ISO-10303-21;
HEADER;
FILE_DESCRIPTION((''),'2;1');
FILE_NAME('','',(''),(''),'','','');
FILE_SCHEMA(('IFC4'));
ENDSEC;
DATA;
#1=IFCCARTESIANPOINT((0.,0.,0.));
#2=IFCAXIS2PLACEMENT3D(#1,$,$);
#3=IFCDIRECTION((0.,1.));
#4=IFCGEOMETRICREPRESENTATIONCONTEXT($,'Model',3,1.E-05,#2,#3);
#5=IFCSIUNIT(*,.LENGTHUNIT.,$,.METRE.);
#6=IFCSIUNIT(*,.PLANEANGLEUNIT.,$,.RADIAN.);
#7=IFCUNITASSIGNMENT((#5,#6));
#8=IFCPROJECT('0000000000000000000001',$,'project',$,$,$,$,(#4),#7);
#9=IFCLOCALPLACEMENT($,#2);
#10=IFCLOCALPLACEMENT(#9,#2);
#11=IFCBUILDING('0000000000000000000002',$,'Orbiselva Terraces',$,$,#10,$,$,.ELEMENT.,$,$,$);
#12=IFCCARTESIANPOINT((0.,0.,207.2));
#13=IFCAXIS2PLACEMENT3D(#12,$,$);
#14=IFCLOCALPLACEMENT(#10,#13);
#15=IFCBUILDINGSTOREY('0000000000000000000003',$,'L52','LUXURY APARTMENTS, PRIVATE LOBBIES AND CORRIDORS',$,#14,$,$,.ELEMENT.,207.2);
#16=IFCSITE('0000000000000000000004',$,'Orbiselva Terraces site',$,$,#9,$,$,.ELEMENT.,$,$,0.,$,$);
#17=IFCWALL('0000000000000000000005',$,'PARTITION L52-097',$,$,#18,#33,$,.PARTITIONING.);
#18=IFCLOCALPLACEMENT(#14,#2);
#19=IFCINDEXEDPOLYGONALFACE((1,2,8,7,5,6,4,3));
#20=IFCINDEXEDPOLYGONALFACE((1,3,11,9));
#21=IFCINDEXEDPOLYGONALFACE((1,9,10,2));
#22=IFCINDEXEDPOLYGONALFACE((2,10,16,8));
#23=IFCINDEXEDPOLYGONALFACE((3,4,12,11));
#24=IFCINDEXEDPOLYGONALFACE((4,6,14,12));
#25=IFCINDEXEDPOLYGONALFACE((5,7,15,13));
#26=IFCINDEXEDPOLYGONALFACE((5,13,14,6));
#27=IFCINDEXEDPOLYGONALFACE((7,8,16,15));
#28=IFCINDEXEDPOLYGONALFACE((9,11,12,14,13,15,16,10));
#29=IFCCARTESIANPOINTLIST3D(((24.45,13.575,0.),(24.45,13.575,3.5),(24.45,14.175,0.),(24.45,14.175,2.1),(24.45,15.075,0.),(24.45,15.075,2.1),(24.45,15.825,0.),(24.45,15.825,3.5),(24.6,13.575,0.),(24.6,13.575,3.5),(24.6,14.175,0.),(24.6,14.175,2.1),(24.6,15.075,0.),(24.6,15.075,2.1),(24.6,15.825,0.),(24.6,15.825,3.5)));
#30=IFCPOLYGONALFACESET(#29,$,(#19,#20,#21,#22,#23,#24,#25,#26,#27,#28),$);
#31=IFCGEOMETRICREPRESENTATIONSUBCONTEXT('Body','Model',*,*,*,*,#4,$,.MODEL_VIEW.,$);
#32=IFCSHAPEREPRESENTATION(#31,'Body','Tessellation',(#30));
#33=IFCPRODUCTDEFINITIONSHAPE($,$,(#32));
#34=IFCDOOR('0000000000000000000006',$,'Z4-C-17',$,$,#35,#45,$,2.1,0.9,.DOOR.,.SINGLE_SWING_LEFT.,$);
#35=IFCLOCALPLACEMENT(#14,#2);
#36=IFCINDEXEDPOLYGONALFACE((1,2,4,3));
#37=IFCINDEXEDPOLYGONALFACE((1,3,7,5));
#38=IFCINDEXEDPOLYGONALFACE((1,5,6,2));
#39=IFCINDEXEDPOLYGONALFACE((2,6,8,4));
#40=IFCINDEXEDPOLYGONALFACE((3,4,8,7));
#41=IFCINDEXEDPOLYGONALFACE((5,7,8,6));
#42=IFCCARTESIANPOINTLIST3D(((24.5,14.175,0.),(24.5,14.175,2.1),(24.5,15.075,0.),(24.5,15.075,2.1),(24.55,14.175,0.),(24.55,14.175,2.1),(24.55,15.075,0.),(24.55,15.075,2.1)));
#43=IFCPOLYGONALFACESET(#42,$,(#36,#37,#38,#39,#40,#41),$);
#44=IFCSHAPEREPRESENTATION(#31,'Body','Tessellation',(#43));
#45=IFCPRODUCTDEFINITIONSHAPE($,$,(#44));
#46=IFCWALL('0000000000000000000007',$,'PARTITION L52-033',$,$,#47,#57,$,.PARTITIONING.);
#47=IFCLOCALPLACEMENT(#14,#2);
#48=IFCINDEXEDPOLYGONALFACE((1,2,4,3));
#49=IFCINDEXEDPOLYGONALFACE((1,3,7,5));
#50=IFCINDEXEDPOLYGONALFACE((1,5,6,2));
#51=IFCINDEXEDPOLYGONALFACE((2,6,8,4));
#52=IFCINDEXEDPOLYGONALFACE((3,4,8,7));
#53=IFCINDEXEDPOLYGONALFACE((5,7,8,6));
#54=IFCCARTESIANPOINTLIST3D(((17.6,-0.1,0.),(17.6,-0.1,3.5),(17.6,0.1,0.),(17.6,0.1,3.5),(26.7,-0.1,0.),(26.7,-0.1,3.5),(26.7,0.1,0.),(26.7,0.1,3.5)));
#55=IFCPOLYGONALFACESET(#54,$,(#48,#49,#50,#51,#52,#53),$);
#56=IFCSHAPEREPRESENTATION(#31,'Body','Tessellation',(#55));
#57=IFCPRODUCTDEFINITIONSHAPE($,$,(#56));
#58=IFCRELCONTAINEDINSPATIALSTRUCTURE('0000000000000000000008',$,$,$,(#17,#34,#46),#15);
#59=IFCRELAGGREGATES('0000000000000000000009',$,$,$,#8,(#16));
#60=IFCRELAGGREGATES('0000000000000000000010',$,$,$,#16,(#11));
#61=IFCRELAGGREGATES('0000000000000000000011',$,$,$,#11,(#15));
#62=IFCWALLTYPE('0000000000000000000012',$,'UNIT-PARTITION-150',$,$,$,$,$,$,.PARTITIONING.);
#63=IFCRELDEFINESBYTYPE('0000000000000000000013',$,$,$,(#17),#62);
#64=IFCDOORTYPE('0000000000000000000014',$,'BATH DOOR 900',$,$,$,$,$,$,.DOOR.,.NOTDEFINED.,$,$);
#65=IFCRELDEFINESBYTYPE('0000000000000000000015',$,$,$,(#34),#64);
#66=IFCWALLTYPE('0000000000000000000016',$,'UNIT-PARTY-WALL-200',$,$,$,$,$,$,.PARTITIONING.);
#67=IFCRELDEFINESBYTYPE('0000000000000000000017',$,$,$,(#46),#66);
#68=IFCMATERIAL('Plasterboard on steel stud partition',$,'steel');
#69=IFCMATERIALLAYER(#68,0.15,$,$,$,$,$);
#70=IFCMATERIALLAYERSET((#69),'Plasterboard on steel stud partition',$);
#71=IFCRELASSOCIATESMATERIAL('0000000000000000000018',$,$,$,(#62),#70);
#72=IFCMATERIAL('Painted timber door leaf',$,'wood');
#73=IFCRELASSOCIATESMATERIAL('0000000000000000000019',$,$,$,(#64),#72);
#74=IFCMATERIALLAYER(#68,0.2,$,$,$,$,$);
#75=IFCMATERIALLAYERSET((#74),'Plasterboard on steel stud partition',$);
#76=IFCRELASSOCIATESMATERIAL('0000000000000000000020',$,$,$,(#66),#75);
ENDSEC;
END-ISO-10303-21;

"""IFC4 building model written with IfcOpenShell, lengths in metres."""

from ifc_helpers import new_model, si_unit, direction, frame, frame_2d, origin, place, context, subcontext, project, spatial, rectangle, extrude, material, layer, layer_set, type_object, element, fill, save


model = new_model("IFC4")

# Units and contexts
model_context = context("Model", 3, precision=1e-05, world=origin(), true_north=direction((0.0, 1.0)))
body_context = subcontext(model_context, "Body", "Model", "MODEL_VIEW")
ifc_project = project(units=[si_unit("LENGTHUNIT", "METRE"), si_unit("PLANEANGLEUNIT", "RADIAN")], contexts=[model_context])

# Site, building, storey
site_placement = place(None, origin())
site = spatial("IfcSite", under=ifc_project, at=site_placement, Name="Orbiselva Terraces site", CompositionType="ELEMENT", RefElevation=0.0)
building_placement = place(site_placement, origin())
building = spatial("IfcBuilding", under=site, at=building_placement, Name="Orbiselva Terraces", CompositionType="ELEMENT")
storey_placement = place(building_placement, frame((0.0, 0.0, 207.2)))
storey = spatial("IfcBuildingStorey", under=building, at=storey_placement, Name="L52", Description="LUXURY APARTMENTS, PRIVATE LOBBIES AND CORRIDORS", CompositionType="ELEMENT", Elevation=207.2)

# Shared definitions
ifc_material_1 = material(Name="Plasterboard on steel stud partition", Category="steel")
ifc_material_2 = material(Name="Painted timber door leaf", Category="wood")

# Shared definitions
ifc_layer_1 = layer(ifc_material_1, 0.15)
ifc_layer_set_1 = layer_set([ifc_layer_1], Name="Plasterboard on steel stud partition")
wall_type_1 = type_object("IfcWallType", Name="UNIT-PARTITION-150", PredefinedType="PARTITIONING", material=ifc_layer_set_1)

# Shared definitions
door_type_1 = type_object("IfcDoorType", Name="BATH DOOR 900", OperationType="NOTDEFINED", PredefinedType="DOOR", material=ifc_material_2)

# Wall, opening, door
wall_1_placement = place(storey_placement, frame((24.525, 13.575, 0.0), z_axis=(0.0, 0.0, 1.0), x_axis=(0.0, 1.0, 0.0)))
wall_1 = element("IfcWall", 1, at=wall_1_placement, inside=storey, type_object=wall_type_1, Name="PARTITION L52-097", PredefinedType="PARTITIONING", context=body_context, shape_type="SweptSolid", body=[
    extrude(rectangle(XDim=2.25, YDim=0.15, at=frame_2d((1.125, 0.0))), origin(), (0.0, 0.0, 1.0), 3.5),
])
opening_1_placement = place(wall_1_placement, frame((0.6, 0.0, 0.0)))
opening_1 = element("IfcOpeningElement", 2, at=opening_1_placement, cuts=wall_1, PredefinedType="OPENING", context=body_context, shape_type="SweptSolid", body=[
    extrude(rectangle(XDim=0.9, YDim=2.1, at=frame_2d((0.45, 1.05))), frame((0.0, 0.085, 0.0), z_axis=(0.0, -1.0, 0.0), x_axis=(1.0, 0.0, 0.0)), (0.0, 0.0, 1.0), 0.17),
])
door_1_placement = place(opening_1_placement, origin())
door_1 = element("IfcDoor", 3, at=door_1_placement, inside=storey, type_object=door_type_1, Name="Z4-C-17", OperationType="SINGLE_SWING_LEFT", OverallHeight=2.1, OverallWidth=0.9, PredefinedType="DOOR", context=body_context, shape_type="SweptSolid", body=[
    extrude(rectangle(XDim=0.9, YDim=2.1, at=frame_2d((0.45, 1.05))), frame((0.0, 0.025, 0.0), z_axis=(0.0, -1.0, 0.0), x_axis=(1.0, 0.0, 0.0)), (0.0, 0.0, 1.0), 0.05),
])
fill(opening_1, door_1)

# Wall
ifc_layer_2 = layer(ifc_material_1, 0.2)
ifc_layer_set_2 = layer_set([ifc_layer_2], Name="Plasterboard on steel stud partition")
wall_type_2 = type_object("IfcWallType", Name="UNIT-PARTY-WALL-200", PredefinedType="PARTITIONING", material=ifc_layer_set_2)
wall_2_placement = place(storey_placement, frame((17.6, 0.0, 0.0), z_axis=(0.0, 0.0, 1.0), x_axis=(1.0, 0.0, 0.0)))
element("IfcWall", 4, at=wall_2_placement, inside=storey, type_object=wall_type_2, Name="PARTITION L52-033", PredefinedType="PARTITIONING", context=body_context, shape_type="SweptSolid", body=[
    extrude(rectangle(XDim=9.1, YDim=0.2, at=frame_2d((4.55, 0.0))), origin(), (0.0, 0.0, 1.0), 3.5),
])

save(model, "model.ifc")
